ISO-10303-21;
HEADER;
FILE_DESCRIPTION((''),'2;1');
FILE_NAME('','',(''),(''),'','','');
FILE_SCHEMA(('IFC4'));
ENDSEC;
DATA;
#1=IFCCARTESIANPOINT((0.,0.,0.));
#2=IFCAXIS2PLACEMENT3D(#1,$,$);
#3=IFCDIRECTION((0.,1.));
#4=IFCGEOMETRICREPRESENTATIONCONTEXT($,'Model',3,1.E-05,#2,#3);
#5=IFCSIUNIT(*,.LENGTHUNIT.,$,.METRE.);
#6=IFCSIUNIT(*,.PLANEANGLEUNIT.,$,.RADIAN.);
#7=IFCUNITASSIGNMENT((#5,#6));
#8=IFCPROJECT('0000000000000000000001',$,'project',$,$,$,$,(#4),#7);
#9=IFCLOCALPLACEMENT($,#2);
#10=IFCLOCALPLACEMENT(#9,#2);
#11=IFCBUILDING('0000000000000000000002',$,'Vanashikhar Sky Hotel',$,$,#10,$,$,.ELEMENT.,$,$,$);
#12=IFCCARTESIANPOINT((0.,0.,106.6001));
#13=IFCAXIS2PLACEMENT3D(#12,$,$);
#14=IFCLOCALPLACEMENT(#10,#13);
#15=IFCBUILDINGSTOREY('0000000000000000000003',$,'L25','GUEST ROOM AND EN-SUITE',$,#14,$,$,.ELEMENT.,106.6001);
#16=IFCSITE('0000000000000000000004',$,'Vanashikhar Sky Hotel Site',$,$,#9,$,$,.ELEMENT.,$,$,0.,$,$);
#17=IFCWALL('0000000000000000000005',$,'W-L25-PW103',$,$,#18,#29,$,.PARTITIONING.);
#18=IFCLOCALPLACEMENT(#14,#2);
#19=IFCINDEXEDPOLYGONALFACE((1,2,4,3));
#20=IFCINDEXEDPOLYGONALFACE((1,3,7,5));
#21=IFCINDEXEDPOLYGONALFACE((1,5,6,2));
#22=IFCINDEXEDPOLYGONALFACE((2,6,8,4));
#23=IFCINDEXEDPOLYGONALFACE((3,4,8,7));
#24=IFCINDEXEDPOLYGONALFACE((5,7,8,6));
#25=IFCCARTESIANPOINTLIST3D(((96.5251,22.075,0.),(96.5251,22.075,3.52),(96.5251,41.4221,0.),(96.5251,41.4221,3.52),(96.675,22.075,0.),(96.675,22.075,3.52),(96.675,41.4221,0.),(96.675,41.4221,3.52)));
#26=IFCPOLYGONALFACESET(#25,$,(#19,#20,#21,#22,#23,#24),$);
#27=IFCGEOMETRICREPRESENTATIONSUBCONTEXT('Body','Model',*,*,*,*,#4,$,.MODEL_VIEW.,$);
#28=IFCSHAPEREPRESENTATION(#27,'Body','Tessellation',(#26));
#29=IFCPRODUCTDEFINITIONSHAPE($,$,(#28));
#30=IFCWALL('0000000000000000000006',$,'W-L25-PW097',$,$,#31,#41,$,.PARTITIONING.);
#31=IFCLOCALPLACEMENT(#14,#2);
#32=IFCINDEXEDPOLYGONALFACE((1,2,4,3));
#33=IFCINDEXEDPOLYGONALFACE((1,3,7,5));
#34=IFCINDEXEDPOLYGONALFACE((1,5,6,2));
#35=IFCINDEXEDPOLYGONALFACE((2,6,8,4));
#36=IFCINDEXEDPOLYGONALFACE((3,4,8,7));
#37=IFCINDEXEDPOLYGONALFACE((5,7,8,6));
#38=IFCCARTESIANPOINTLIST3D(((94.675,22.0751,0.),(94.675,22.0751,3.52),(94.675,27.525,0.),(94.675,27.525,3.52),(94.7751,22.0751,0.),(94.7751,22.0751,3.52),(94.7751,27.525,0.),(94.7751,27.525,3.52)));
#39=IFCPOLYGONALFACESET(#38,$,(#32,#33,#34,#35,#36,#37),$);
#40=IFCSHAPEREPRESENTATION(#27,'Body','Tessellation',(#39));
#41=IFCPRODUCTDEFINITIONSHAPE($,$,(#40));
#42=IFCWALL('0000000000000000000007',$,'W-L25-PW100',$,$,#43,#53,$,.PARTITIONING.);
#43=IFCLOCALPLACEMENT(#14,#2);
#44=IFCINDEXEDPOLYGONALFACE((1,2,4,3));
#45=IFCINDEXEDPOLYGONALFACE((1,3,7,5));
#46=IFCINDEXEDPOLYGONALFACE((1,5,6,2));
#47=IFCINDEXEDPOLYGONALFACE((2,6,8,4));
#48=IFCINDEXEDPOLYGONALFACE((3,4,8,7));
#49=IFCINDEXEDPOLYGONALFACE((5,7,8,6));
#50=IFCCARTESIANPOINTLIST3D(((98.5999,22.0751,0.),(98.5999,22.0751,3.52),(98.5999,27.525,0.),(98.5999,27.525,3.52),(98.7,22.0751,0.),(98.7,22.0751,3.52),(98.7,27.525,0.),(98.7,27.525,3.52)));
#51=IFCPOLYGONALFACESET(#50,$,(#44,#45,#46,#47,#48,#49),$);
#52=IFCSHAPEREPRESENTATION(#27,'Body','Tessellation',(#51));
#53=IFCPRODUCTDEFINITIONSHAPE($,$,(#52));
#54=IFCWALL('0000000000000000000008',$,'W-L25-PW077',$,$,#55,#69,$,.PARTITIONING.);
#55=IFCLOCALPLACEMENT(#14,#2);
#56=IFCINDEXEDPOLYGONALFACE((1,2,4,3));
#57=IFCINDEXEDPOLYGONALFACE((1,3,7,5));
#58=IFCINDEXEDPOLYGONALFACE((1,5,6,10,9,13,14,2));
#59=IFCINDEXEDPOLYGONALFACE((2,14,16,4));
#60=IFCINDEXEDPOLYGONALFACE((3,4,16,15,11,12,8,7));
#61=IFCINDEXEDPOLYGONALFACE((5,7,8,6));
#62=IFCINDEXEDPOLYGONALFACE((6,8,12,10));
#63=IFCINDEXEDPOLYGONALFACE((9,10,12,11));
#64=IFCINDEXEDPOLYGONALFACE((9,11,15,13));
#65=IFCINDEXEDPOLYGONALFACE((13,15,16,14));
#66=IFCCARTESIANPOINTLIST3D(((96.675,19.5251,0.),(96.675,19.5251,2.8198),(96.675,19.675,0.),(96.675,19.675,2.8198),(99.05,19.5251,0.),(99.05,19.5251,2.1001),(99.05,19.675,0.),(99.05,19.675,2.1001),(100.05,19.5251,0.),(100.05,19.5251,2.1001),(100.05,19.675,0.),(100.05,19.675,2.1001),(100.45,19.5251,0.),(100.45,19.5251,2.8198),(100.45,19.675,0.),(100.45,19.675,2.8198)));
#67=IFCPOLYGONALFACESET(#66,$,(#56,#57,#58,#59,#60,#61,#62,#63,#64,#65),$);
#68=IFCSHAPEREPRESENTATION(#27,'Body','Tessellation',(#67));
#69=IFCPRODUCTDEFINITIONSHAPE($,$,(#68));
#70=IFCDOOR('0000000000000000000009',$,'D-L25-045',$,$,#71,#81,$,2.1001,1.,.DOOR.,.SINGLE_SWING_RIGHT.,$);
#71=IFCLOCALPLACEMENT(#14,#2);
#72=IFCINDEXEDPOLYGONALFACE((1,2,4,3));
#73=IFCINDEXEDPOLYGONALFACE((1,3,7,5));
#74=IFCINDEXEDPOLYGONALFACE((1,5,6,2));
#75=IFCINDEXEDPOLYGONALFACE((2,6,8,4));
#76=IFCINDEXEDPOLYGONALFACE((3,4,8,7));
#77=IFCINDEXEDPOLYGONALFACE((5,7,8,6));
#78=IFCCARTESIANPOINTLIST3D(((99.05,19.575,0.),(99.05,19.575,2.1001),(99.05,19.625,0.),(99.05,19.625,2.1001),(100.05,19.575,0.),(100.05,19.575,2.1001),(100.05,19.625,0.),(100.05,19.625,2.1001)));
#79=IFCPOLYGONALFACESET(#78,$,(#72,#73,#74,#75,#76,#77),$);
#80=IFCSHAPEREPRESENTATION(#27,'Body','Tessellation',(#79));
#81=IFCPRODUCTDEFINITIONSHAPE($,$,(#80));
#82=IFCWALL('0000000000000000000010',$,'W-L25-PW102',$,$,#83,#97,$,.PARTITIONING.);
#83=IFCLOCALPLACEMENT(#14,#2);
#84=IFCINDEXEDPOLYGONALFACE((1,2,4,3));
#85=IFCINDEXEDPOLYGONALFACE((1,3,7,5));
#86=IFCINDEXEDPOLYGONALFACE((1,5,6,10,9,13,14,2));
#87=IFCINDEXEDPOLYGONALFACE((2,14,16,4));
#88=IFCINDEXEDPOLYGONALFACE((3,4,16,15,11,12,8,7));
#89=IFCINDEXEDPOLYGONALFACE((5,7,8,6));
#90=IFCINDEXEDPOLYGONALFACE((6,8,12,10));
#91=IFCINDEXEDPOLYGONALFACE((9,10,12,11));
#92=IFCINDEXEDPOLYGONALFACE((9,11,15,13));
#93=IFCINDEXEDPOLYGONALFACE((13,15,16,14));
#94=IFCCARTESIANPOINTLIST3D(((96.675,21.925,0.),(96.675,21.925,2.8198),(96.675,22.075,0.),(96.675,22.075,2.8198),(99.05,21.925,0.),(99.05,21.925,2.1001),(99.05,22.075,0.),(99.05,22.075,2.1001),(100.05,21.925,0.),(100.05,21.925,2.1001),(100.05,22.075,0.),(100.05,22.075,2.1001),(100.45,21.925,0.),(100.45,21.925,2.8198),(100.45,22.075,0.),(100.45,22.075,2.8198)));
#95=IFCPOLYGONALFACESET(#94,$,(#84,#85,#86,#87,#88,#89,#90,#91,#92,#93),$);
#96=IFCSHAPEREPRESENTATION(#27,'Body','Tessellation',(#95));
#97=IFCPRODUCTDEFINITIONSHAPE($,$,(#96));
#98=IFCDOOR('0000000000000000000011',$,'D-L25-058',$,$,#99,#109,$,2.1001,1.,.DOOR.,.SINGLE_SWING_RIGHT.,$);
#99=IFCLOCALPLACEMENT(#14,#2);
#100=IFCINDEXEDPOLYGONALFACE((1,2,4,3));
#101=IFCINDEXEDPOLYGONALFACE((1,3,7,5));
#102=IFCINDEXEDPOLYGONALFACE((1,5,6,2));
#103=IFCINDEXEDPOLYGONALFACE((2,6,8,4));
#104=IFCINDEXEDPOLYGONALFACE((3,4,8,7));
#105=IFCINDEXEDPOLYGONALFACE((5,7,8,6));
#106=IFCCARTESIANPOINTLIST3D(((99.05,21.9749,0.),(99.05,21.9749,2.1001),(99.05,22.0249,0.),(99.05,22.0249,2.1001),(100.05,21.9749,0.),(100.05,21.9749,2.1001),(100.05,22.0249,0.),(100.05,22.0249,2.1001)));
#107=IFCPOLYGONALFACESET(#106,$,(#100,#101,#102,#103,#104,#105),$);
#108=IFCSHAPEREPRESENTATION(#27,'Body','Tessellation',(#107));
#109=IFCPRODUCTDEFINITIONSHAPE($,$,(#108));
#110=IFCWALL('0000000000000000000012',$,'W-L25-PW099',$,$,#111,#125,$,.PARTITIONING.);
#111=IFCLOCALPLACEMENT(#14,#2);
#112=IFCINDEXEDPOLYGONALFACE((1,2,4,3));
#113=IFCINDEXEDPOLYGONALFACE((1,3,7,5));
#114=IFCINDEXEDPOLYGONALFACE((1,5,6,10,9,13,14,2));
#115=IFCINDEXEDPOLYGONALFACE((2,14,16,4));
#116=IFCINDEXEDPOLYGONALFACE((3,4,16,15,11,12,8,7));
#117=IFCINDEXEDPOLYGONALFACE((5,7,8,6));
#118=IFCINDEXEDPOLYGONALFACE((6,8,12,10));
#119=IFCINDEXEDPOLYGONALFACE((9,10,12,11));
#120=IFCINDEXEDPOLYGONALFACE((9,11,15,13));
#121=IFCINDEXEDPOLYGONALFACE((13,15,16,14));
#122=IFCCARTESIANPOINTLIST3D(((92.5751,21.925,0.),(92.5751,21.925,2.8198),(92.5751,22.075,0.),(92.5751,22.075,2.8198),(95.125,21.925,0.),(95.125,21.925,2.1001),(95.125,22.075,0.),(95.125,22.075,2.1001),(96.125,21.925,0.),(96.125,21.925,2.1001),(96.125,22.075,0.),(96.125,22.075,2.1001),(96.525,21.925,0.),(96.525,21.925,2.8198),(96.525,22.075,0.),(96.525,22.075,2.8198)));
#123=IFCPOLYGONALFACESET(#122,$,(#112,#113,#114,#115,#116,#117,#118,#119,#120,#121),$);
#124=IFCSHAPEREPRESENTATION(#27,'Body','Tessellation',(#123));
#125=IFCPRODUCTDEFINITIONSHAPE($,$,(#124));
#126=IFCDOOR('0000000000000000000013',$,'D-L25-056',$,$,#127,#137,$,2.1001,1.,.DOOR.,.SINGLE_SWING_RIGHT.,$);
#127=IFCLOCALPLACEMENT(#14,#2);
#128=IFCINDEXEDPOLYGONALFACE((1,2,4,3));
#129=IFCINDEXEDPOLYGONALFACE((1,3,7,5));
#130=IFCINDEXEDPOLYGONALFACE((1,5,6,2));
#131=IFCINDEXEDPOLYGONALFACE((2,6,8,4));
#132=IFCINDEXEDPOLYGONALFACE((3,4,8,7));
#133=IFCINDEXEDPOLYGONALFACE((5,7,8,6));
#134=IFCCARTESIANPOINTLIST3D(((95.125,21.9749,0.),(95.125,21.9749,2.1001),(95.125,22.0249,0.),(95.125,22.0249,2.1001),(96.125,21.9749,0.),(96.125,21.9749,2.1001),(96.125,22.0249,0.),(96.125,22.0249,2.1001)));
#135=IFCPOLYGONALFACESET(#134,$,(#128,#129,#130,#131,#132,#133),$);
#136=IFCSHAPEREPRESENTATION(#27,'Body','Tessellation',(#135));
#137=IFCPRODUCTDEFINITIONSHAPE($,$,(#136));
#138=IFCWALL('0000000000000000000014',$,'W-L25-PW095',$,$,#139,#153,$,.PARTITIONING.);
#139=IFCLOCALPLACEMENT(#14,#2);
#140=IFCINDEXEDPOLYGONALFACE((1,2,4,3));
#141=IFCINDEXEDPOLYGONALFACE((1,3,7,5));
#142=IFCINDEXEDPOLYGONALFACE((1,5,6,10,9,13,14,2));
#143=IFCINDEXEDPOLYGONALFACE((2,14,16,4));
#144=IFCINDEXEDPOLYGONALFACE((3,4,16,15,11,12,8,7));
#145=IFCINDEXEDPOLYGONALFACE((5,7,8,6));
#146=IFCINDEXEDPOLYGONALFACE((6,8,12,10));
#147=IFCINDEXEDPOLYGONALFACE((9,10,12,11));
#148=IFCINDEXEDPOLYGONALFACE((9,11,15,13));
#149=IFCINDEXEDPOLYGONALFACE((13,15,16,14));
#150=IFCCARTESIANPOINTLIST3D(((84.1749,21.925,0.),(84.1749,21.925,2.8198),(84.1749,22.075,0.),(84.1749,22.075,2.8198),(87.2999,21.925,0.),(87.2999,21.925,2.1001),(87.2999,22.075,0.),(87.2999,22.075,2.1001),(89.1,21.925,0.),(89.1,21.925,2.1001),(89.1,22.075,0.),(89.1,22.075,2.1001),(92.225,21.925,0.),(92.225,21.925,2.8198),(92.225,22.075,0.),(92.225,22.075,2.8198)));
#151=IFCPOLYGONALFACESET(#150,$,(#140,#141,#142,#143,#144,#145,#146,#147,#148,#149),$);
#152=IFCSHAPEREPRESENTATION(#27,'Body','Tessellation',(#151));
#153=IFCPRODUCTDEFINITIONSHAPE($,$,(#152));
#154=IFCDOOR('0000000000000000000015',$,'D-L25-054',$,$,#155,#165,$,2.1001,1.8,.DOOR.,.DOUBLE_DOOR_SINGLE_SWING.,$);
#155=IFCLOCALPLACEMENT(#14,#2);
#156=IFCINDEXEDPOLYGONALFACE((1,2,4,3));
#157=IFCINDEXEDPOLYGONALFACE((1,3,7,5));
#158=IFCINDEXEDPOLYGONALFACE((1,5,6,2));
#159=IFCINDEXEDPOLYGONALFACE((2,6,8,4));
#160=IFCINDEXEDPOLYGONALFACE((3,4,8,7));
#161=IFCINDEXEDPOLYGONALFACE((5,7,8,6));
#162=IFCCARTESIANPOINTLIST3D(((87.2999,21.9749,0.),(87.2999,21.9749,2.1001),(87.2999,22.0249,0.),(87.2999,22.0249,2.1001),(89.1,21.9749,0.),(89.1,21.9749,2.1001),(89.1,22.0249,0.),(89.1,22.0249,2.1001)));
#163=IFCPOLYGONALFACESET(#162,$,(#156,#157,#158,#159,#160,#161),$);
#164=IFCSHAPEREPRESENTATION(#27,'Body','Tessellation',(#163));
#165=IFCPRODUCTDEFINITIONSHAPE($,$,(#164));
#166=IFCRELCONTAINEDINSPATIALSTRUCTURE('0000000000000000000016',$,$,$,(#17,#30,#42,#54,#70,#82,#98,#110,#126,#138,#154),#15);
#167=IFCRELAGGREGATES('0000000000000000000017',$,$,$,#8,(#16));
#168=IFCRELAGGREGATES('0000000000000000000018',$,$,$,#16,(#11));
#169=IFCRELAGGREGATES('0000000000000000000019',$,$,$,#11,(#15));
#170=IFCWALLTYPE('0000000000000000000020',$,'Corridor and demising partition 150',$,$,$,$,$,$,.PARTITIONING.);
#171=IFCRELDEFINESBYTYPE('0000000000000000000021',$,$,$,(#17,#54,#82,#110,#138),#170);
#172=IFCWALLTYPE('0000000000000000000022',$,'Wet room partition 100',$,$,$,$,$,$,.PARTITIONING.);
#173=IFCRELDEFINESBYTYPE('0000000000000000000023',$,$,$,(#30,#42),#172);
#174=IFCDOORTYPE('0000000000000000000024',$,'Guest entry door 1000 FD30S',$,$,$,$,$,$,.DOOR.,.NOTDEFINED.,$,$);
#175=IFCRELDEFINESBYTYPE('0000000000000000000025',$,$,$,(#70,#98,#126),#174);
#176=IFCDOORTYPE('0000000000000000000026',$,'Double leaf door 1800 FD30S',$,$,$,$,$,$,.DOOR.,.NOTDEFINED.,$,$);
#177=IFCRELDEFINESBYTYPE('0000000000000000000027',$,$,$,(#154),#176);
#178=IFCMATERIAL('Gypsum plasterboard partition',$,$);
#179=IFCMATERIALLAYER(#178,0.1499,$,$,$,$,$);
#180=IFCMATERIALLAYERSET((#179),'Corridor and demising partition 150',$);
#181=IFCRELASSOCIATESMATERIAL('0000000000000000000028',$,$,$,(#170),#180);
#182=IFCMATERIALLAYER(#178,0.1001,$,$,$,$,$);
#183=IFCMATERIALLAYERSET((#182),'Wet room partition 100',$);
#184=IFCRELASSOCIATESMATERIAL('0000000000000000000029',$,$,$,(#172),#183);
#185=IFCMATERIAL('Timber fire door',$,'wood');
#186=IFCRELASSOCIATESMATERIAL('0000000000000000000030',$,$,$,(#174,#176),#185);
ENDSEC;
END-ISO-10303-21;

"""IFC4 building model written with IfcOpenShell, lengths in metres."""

from ifc_helpers import new_model, si_unit, direction, frame, frame_2d, origin, place, context, subcontext, project, spatial, rectangle, extrude, source, transform, mapped, material, layer, layer_set, type_object, element, fill, save


model = new_model("IFC4")

# Units and contexts
model_context = context("Model", 3, precision=1e-05, world=origin(), true_north=direction((0.0, 1.0)))
body_context = subcontext(model_context, "Body", "Model", "MODEL_VIEW")
ifc_project = project(units=[si_unit("LENGTHUNIT", "METRE"), si_unit("PLANEANGLEUNIT", "RADIAN")], contexts=[model_context])

# Site, building, storey
site_placement = place(None, origin())
site = spatial("IfcSite", under=ifc_project, at=site_placement, Name="Vanashikhar Sky Hotel Site", CompositionType="ELEMENT", RefElevation=0.0)
building_placement = place(site_placement, origin())
building = spatial("IfcBuilding", under=site, at=building_placement, Name="Vanashikhar Sky Hotel", CompositionType="ELEMENT")
storey_placement = place(building_placement, frame((0.0, 0.0, 106.6001)))
storey = spatial("IfcBuildingStorey", under=building, at=storey_placement, Name="L25", Description="GUEST ROOM AND EN-SUITE", CompositionType="ELEMENT", Elevation=106.6001)

# Walls
ifc_material_1 = material(Name="Gypsum plasterboard partition")
ifc_layer_1 = layer(ifc_material_1, 0.1499)
ifc_layer_set_1 = layer_set([ifc_layer_1], Name="Corridor and demising partition 150")
wall_type_1 = type_object("IfcWallType", Name="Corridor and demising partition 150", PredefinedType="PARTITIONING", material=ifc_layer_set_1)
shared_shape_1 = source(origin(), body_context, "Body", "SweptSolid", [
    extrude(rectangle(XDim=19.3472, YDim=0.1499, at=frame_2d((9.6736, 0.0))), origin(), (0.0, 0.0, 1.0), 3.52),
])
wall_1_placement = place(storey_placement, frame((96.6001, 22.075, 0.0), z_axis=(0.0, 0.0, 1.0), x_axis=(0.0, 1.0, 0.0)))
element("IfcWall", 1, at=wall_1_placement, inside=storey, type_object=wall_type_1, Name="W-L25-PW103", PredefinedType="PARTITIONING", context=body_context, shape_type="MappedRepresentation", body=[
    mapped(shared_shape_1, transform((0.0, 0.0, 0.0), scale=1.0)),
])
ifc_layer_2 = layer(ifc_material_1, 0.1001)
ifc_layer_set_2 = layer_set([ifc_layer_2], Name="Wet room partition 100")
wall_type_2 = type_object("IfcWallType", Name="Wet room partition 100", PredefinedType="PARTITIONING", material=ifc_layer_set_2)
shared_shape_2 = source(origin(), body_context, "Body", "SweptSolid", [
    extrude(rectangle(XDim=5.45, YDim=0.1001, at=frame_2d((2.7251, 0.0))), origin(), (0.0, 0.0, 1.0), 3.52),
])
for number, where, z_axis, x_axis, name in (
    (2, (94.7251, 22.075, 0.0), (0.0, 0.0, 1.0), (0.0, 1.0, 0.0), "W-L25-PW097"),
    (3, (98.6499, 22.075, 0.0), (0.0, 0.0, 1.0), (0.0, 1.0, 0.0), "W-L25-PW100"),
):
    element("IfcWall", number, at=place(storey_placement, frame(where, z_axis=z_axis, x_axis=x_axis)), inside=storey, type_object=wall_type_2, Name=name, PredefinedType="PARTITIONING", context=body_context, shape_type="MappedRepresentation", body=[
        mapped(shared_shape_2, transform((0.0, 0.0, 0.0), scale=1.0)),
    ])

# Walls, openings, doors
shared_shape_3 = source(origin(), body_context, "Body", "SweptSolid", [
    extrude(rectangle(XDim=3.7749, YDim=0.1499, at=frame_2d((1.8875, 0.0))), origin(), (0.0, 0.0, 1.0), 2.8198),
])
wall_2_placement = place(storey_placement, frame((96.675, 19.6001, 0.0), z_axis=(0.0, 0.0, 1.0), x_axis=(1.0, 0.0, 0.0)))
wall_2 = element("IfcWall", 4, at=wall_2_placement, inside=storey, type_object=wall_type_1, Name="W-L25-PW077", PredefinedType="PARTITIONING", context=body_context, shape_type="MappedRepresentation", body=[
    mapped(shared_shape_3, transform((0.0, 0.0, 0.0), scale=1.0)),
])
shared_shape_4 = source(origin(), body_context, "Body", "SweptSolid", [
    extrude(rectangle(XDim=1.0, YDim=2.1001, at=frame_2d((0.5, 1.05))), frame((0.0, 0.085, 0.0), z_axis=(0.0, -1.0, 0.0), x_axis=(1.0, 0.0, 0.0)), (0.0, 0.0, 1.0), 0.1699),
])
opening_1_placement = place(wall_2_placement, frame((2.375, 0.0, 0.0)))
opening_1 = element("IfcOpeningElement", 5, at=opening_1_placement, cuts=wall_2, PredefinedType="OPENING", context=body_context, shape_type="MappedRepresentation", body=[
    mapped(shared_shape_4, transform((0.0, 0.0, 0.0), scale=1.0)),
])
ifc_material_2 = material(Name="Timber fire door", Category="wood")
door_type_1 = type_object("IfcDoorType", Name="Guest entry door 1000 FD30S", OperationType="NOTDEFINED", PredefinedType="DOOR", material=ifc_material_2)
shared_shape_5 = source(origin(), body_context, "Body", "SweptSolid", [
    extrude(rectangle(XDim=1.0, YDim=2.1001, at=frame_2d((0.5, 1.05))), frame((0.0, 0.0249, 0.0), z_axis=(0.0, -1.0, 0.0), x_axis=(1.0, 0.0, 0.0)), (0.0, 0.0, 1.0), 0.05),
])
door_1_placement = place(opening_1_placement, origin())
door_1 = element("IfcDoor", 6, at=door_1_placement, inside=storey, type_object=door_type_1, Name="D-L25-045", OperationType="SINGLE_SWING_RIGHT", OverallHeight=2.1001, OverallWidth=1.0, PredefinedType="DOOR", context=body_context, shape_type="MappedRepresentation", body=[
    mapped(shared_shape_5, transform((0.0, 0.0, 0.0), scale=1.0)),
])
fill(opening_1, door_1)
wall_3_placement = place(storey_placement, frame((96.675, 22.0, 0.0), z_axis=(0.0, 0.0, 1.0), x_axis=(1.0, 0.0, 0.0)))
wall_3 = element("IfcWall", 7, at=wall_3_placement, inside=storey, type_object=wall_type_1, Name="W-L25-PW102", PredefinedType="PARTITIONING", context=body_context, shape_type="MappedRepresentation", body=[
    mapped(shared_shape_3, transform((0.0, 0.0, 0.0), scale=1.0)),
])
opening_2_placement = place(wall_3_placement, frame((2.375, 0.0, 0.0)))
opening_2 = element("IfcOpeningElement", 8, at=opening_2_placement, cuts=wall_3, PredefinedType="OPENING", context=body_context, shape_type="MappedRepresentation", body=[
    mapped(shared_shape_4, transform((0.0, 0.0, 0.0), scale=1.0)),
])
door_2_placement = place(opening_2_placement, origin())
door_2 = element("IfcDoor", 9, at=door_2_placement, inside=storey, type_object=door_type_1, Name="D-L25-058", OperationType="SINGLE_SWING_RIGHT", OverallHeight=2.1001, OverallWidth=1.0, PredefinedType="DOOR", context=body_context, shape_type="MappedRepresentation", body=[
    mapped(shared_shape_5, transform((0.0, 0.0, 0.0), scale=1.0)),
])
fill(opening_2, door_2)
shared_shape_6 = source(origin(), body_context, "Body", "SweptSolid", [
    extrude(rectangle(XDim=3.95, YDim=0.1499, at=frame_2d((1.9751, 0.0))), origin(), (0.0, 0.0, 1.0), 2.8198),
])
wall_4_placement = place(storey_placement, frame((92.575, 22.0, 0.0), z_axis=(0.0, 0.0, 1.0), x_axis=(1.0, 0.0, 0.0)))
wall_4 = element("IfcWall", 10, at=wall_4_placement, inside=storey, type_object=wall_type_1, Name="W-L25-PW099", PredefinedType="PARTITIONING", context=body_context, shape_type="MappedRepresentation", body=[
    mapped(shared_shape_6, transform((0.0, 0.0, 0.0), scale=1.0)),
])
opening_3_placement = place(wall_4_placement, frame((2.55, 0.0, 0.0)))
opening_3 = element("IfcOpeningElement", 11, at=opening_3_placement, cuts=wall_4, PredefinedType="OPENING", context=body_context, shape_type="MappedRepresentation", body=[
    mapped(shared_shape_4, transform((0.0, 0.0, 0.0), scale=1.0)),
])
door_3_placement = place(opening_3_placement, origin())
door_3 = element("IfcDoor", 12, at=door_3_placement, inside=storey, type_object=door_type_1, Name="D-L25-056", OperationType="SINGLE_SWING_RIGHT", OverallHeight=2.1001, OverallWidth=1.0, PredefinedType="DOOR", context=body_context, shape_type="MappedRepresentation", body=[
    mapped(shared_shape_5, transform((0.0, 0.0, 0.0), scale=1.0)),
])
fill(opening_3, door_3)
shared_shape_7 = source(origin(), body_context, "Body", "SweptSolid", [
    extrude(rectangle(XDim=8.05, YDim=0.1499, at=frame_2d((4.0249, 0.0))), origin(), (0.0, 0.0, 1.0), 2.8198),
])
wall_5_placement = place(storey_placement, frame((84.175, 22.0, 0.0), z_axis=(0.0, 0.0, 1.0), x_axis=(1.0, 0.0, 0.0)))
wall_5 = element("IfcWall", 13, at=wall_5_placement, inside=storey, type_object=wall_type_1, Name="W-L25-PW095", PredefinedType="PARTITIONING", context=body_context, shape_type="MappedRepresentation", body=[
    mapped(shared_shape_7, transform((0.0, 0.0, 0.0), scale=1.0)),
])
shared_shape_8 = source(origin(), body_context, "Body", "SweptSolid", [
    extrude(rectangle(XDim=1.8, YDim=2.1001, at=frame_2d((0.8999, 1.05))), frame((0.0, 0.085, 0.0), z_axis=(0.0, -1.0, 0.0), x_axis=(1.0, 0.0, 0.0)), (0.0, 0.0, 1.0), 0.1699),
])
opening_4_placement = place(wall_5_placement, frame((3.125, 0.0, 0.0)))
opening_4 = element("IfcOpeningElement", 14, at=opening_4_placement, cuts=wall_5, PredefinedType="OPENING", context=body_context, shape_type="MappedRepresentation", body=[
    mapped(shared_shape_8, transform((0.0, 0.0, 0.0), scale=1.0)),
])
door_type_2 = type_object("IfcDoorType", Name="Double leaf door 1800 FD30S", OperationType="NOTDEFINED", PredefinedType="DOOR", material=ifc_material_2)
shared_shape_9 = source(origin(), body_context, "Body", "SweptSolid", [
    extrude(rectangle(XDim=1.8, YDim=2.1001, at=frame_2d((0.8999, 1.05))), frame((0.0, 0.0249, 0.0), z_axis=(0.0, -1.0, 0.0), x_axis=(1.0, 0.0, 0.0)), (0.0, 0.0, 1.0), 0.05),
])
door_4_placement = place(opening_4_placement, origin())
door_4 = element("IfcDoor", 15, at=door_4_placement, inside=storey, type_object=door_type_2, Name="D-L25-054", OperationType="DOUBLE_DOOR_SINGLE_SWING", OverallHeight=2.1001, OverallWidth=1.8, PredefinedType="DOOR", context=body_context, shape_type="MappedRepresentation", body=[
    mapped(shared_shape_9, transform((0.0, 0.0, 0.0), scale=1.0)),
])
fill(opening_4, door_4)

save(model, "model.ifc")
